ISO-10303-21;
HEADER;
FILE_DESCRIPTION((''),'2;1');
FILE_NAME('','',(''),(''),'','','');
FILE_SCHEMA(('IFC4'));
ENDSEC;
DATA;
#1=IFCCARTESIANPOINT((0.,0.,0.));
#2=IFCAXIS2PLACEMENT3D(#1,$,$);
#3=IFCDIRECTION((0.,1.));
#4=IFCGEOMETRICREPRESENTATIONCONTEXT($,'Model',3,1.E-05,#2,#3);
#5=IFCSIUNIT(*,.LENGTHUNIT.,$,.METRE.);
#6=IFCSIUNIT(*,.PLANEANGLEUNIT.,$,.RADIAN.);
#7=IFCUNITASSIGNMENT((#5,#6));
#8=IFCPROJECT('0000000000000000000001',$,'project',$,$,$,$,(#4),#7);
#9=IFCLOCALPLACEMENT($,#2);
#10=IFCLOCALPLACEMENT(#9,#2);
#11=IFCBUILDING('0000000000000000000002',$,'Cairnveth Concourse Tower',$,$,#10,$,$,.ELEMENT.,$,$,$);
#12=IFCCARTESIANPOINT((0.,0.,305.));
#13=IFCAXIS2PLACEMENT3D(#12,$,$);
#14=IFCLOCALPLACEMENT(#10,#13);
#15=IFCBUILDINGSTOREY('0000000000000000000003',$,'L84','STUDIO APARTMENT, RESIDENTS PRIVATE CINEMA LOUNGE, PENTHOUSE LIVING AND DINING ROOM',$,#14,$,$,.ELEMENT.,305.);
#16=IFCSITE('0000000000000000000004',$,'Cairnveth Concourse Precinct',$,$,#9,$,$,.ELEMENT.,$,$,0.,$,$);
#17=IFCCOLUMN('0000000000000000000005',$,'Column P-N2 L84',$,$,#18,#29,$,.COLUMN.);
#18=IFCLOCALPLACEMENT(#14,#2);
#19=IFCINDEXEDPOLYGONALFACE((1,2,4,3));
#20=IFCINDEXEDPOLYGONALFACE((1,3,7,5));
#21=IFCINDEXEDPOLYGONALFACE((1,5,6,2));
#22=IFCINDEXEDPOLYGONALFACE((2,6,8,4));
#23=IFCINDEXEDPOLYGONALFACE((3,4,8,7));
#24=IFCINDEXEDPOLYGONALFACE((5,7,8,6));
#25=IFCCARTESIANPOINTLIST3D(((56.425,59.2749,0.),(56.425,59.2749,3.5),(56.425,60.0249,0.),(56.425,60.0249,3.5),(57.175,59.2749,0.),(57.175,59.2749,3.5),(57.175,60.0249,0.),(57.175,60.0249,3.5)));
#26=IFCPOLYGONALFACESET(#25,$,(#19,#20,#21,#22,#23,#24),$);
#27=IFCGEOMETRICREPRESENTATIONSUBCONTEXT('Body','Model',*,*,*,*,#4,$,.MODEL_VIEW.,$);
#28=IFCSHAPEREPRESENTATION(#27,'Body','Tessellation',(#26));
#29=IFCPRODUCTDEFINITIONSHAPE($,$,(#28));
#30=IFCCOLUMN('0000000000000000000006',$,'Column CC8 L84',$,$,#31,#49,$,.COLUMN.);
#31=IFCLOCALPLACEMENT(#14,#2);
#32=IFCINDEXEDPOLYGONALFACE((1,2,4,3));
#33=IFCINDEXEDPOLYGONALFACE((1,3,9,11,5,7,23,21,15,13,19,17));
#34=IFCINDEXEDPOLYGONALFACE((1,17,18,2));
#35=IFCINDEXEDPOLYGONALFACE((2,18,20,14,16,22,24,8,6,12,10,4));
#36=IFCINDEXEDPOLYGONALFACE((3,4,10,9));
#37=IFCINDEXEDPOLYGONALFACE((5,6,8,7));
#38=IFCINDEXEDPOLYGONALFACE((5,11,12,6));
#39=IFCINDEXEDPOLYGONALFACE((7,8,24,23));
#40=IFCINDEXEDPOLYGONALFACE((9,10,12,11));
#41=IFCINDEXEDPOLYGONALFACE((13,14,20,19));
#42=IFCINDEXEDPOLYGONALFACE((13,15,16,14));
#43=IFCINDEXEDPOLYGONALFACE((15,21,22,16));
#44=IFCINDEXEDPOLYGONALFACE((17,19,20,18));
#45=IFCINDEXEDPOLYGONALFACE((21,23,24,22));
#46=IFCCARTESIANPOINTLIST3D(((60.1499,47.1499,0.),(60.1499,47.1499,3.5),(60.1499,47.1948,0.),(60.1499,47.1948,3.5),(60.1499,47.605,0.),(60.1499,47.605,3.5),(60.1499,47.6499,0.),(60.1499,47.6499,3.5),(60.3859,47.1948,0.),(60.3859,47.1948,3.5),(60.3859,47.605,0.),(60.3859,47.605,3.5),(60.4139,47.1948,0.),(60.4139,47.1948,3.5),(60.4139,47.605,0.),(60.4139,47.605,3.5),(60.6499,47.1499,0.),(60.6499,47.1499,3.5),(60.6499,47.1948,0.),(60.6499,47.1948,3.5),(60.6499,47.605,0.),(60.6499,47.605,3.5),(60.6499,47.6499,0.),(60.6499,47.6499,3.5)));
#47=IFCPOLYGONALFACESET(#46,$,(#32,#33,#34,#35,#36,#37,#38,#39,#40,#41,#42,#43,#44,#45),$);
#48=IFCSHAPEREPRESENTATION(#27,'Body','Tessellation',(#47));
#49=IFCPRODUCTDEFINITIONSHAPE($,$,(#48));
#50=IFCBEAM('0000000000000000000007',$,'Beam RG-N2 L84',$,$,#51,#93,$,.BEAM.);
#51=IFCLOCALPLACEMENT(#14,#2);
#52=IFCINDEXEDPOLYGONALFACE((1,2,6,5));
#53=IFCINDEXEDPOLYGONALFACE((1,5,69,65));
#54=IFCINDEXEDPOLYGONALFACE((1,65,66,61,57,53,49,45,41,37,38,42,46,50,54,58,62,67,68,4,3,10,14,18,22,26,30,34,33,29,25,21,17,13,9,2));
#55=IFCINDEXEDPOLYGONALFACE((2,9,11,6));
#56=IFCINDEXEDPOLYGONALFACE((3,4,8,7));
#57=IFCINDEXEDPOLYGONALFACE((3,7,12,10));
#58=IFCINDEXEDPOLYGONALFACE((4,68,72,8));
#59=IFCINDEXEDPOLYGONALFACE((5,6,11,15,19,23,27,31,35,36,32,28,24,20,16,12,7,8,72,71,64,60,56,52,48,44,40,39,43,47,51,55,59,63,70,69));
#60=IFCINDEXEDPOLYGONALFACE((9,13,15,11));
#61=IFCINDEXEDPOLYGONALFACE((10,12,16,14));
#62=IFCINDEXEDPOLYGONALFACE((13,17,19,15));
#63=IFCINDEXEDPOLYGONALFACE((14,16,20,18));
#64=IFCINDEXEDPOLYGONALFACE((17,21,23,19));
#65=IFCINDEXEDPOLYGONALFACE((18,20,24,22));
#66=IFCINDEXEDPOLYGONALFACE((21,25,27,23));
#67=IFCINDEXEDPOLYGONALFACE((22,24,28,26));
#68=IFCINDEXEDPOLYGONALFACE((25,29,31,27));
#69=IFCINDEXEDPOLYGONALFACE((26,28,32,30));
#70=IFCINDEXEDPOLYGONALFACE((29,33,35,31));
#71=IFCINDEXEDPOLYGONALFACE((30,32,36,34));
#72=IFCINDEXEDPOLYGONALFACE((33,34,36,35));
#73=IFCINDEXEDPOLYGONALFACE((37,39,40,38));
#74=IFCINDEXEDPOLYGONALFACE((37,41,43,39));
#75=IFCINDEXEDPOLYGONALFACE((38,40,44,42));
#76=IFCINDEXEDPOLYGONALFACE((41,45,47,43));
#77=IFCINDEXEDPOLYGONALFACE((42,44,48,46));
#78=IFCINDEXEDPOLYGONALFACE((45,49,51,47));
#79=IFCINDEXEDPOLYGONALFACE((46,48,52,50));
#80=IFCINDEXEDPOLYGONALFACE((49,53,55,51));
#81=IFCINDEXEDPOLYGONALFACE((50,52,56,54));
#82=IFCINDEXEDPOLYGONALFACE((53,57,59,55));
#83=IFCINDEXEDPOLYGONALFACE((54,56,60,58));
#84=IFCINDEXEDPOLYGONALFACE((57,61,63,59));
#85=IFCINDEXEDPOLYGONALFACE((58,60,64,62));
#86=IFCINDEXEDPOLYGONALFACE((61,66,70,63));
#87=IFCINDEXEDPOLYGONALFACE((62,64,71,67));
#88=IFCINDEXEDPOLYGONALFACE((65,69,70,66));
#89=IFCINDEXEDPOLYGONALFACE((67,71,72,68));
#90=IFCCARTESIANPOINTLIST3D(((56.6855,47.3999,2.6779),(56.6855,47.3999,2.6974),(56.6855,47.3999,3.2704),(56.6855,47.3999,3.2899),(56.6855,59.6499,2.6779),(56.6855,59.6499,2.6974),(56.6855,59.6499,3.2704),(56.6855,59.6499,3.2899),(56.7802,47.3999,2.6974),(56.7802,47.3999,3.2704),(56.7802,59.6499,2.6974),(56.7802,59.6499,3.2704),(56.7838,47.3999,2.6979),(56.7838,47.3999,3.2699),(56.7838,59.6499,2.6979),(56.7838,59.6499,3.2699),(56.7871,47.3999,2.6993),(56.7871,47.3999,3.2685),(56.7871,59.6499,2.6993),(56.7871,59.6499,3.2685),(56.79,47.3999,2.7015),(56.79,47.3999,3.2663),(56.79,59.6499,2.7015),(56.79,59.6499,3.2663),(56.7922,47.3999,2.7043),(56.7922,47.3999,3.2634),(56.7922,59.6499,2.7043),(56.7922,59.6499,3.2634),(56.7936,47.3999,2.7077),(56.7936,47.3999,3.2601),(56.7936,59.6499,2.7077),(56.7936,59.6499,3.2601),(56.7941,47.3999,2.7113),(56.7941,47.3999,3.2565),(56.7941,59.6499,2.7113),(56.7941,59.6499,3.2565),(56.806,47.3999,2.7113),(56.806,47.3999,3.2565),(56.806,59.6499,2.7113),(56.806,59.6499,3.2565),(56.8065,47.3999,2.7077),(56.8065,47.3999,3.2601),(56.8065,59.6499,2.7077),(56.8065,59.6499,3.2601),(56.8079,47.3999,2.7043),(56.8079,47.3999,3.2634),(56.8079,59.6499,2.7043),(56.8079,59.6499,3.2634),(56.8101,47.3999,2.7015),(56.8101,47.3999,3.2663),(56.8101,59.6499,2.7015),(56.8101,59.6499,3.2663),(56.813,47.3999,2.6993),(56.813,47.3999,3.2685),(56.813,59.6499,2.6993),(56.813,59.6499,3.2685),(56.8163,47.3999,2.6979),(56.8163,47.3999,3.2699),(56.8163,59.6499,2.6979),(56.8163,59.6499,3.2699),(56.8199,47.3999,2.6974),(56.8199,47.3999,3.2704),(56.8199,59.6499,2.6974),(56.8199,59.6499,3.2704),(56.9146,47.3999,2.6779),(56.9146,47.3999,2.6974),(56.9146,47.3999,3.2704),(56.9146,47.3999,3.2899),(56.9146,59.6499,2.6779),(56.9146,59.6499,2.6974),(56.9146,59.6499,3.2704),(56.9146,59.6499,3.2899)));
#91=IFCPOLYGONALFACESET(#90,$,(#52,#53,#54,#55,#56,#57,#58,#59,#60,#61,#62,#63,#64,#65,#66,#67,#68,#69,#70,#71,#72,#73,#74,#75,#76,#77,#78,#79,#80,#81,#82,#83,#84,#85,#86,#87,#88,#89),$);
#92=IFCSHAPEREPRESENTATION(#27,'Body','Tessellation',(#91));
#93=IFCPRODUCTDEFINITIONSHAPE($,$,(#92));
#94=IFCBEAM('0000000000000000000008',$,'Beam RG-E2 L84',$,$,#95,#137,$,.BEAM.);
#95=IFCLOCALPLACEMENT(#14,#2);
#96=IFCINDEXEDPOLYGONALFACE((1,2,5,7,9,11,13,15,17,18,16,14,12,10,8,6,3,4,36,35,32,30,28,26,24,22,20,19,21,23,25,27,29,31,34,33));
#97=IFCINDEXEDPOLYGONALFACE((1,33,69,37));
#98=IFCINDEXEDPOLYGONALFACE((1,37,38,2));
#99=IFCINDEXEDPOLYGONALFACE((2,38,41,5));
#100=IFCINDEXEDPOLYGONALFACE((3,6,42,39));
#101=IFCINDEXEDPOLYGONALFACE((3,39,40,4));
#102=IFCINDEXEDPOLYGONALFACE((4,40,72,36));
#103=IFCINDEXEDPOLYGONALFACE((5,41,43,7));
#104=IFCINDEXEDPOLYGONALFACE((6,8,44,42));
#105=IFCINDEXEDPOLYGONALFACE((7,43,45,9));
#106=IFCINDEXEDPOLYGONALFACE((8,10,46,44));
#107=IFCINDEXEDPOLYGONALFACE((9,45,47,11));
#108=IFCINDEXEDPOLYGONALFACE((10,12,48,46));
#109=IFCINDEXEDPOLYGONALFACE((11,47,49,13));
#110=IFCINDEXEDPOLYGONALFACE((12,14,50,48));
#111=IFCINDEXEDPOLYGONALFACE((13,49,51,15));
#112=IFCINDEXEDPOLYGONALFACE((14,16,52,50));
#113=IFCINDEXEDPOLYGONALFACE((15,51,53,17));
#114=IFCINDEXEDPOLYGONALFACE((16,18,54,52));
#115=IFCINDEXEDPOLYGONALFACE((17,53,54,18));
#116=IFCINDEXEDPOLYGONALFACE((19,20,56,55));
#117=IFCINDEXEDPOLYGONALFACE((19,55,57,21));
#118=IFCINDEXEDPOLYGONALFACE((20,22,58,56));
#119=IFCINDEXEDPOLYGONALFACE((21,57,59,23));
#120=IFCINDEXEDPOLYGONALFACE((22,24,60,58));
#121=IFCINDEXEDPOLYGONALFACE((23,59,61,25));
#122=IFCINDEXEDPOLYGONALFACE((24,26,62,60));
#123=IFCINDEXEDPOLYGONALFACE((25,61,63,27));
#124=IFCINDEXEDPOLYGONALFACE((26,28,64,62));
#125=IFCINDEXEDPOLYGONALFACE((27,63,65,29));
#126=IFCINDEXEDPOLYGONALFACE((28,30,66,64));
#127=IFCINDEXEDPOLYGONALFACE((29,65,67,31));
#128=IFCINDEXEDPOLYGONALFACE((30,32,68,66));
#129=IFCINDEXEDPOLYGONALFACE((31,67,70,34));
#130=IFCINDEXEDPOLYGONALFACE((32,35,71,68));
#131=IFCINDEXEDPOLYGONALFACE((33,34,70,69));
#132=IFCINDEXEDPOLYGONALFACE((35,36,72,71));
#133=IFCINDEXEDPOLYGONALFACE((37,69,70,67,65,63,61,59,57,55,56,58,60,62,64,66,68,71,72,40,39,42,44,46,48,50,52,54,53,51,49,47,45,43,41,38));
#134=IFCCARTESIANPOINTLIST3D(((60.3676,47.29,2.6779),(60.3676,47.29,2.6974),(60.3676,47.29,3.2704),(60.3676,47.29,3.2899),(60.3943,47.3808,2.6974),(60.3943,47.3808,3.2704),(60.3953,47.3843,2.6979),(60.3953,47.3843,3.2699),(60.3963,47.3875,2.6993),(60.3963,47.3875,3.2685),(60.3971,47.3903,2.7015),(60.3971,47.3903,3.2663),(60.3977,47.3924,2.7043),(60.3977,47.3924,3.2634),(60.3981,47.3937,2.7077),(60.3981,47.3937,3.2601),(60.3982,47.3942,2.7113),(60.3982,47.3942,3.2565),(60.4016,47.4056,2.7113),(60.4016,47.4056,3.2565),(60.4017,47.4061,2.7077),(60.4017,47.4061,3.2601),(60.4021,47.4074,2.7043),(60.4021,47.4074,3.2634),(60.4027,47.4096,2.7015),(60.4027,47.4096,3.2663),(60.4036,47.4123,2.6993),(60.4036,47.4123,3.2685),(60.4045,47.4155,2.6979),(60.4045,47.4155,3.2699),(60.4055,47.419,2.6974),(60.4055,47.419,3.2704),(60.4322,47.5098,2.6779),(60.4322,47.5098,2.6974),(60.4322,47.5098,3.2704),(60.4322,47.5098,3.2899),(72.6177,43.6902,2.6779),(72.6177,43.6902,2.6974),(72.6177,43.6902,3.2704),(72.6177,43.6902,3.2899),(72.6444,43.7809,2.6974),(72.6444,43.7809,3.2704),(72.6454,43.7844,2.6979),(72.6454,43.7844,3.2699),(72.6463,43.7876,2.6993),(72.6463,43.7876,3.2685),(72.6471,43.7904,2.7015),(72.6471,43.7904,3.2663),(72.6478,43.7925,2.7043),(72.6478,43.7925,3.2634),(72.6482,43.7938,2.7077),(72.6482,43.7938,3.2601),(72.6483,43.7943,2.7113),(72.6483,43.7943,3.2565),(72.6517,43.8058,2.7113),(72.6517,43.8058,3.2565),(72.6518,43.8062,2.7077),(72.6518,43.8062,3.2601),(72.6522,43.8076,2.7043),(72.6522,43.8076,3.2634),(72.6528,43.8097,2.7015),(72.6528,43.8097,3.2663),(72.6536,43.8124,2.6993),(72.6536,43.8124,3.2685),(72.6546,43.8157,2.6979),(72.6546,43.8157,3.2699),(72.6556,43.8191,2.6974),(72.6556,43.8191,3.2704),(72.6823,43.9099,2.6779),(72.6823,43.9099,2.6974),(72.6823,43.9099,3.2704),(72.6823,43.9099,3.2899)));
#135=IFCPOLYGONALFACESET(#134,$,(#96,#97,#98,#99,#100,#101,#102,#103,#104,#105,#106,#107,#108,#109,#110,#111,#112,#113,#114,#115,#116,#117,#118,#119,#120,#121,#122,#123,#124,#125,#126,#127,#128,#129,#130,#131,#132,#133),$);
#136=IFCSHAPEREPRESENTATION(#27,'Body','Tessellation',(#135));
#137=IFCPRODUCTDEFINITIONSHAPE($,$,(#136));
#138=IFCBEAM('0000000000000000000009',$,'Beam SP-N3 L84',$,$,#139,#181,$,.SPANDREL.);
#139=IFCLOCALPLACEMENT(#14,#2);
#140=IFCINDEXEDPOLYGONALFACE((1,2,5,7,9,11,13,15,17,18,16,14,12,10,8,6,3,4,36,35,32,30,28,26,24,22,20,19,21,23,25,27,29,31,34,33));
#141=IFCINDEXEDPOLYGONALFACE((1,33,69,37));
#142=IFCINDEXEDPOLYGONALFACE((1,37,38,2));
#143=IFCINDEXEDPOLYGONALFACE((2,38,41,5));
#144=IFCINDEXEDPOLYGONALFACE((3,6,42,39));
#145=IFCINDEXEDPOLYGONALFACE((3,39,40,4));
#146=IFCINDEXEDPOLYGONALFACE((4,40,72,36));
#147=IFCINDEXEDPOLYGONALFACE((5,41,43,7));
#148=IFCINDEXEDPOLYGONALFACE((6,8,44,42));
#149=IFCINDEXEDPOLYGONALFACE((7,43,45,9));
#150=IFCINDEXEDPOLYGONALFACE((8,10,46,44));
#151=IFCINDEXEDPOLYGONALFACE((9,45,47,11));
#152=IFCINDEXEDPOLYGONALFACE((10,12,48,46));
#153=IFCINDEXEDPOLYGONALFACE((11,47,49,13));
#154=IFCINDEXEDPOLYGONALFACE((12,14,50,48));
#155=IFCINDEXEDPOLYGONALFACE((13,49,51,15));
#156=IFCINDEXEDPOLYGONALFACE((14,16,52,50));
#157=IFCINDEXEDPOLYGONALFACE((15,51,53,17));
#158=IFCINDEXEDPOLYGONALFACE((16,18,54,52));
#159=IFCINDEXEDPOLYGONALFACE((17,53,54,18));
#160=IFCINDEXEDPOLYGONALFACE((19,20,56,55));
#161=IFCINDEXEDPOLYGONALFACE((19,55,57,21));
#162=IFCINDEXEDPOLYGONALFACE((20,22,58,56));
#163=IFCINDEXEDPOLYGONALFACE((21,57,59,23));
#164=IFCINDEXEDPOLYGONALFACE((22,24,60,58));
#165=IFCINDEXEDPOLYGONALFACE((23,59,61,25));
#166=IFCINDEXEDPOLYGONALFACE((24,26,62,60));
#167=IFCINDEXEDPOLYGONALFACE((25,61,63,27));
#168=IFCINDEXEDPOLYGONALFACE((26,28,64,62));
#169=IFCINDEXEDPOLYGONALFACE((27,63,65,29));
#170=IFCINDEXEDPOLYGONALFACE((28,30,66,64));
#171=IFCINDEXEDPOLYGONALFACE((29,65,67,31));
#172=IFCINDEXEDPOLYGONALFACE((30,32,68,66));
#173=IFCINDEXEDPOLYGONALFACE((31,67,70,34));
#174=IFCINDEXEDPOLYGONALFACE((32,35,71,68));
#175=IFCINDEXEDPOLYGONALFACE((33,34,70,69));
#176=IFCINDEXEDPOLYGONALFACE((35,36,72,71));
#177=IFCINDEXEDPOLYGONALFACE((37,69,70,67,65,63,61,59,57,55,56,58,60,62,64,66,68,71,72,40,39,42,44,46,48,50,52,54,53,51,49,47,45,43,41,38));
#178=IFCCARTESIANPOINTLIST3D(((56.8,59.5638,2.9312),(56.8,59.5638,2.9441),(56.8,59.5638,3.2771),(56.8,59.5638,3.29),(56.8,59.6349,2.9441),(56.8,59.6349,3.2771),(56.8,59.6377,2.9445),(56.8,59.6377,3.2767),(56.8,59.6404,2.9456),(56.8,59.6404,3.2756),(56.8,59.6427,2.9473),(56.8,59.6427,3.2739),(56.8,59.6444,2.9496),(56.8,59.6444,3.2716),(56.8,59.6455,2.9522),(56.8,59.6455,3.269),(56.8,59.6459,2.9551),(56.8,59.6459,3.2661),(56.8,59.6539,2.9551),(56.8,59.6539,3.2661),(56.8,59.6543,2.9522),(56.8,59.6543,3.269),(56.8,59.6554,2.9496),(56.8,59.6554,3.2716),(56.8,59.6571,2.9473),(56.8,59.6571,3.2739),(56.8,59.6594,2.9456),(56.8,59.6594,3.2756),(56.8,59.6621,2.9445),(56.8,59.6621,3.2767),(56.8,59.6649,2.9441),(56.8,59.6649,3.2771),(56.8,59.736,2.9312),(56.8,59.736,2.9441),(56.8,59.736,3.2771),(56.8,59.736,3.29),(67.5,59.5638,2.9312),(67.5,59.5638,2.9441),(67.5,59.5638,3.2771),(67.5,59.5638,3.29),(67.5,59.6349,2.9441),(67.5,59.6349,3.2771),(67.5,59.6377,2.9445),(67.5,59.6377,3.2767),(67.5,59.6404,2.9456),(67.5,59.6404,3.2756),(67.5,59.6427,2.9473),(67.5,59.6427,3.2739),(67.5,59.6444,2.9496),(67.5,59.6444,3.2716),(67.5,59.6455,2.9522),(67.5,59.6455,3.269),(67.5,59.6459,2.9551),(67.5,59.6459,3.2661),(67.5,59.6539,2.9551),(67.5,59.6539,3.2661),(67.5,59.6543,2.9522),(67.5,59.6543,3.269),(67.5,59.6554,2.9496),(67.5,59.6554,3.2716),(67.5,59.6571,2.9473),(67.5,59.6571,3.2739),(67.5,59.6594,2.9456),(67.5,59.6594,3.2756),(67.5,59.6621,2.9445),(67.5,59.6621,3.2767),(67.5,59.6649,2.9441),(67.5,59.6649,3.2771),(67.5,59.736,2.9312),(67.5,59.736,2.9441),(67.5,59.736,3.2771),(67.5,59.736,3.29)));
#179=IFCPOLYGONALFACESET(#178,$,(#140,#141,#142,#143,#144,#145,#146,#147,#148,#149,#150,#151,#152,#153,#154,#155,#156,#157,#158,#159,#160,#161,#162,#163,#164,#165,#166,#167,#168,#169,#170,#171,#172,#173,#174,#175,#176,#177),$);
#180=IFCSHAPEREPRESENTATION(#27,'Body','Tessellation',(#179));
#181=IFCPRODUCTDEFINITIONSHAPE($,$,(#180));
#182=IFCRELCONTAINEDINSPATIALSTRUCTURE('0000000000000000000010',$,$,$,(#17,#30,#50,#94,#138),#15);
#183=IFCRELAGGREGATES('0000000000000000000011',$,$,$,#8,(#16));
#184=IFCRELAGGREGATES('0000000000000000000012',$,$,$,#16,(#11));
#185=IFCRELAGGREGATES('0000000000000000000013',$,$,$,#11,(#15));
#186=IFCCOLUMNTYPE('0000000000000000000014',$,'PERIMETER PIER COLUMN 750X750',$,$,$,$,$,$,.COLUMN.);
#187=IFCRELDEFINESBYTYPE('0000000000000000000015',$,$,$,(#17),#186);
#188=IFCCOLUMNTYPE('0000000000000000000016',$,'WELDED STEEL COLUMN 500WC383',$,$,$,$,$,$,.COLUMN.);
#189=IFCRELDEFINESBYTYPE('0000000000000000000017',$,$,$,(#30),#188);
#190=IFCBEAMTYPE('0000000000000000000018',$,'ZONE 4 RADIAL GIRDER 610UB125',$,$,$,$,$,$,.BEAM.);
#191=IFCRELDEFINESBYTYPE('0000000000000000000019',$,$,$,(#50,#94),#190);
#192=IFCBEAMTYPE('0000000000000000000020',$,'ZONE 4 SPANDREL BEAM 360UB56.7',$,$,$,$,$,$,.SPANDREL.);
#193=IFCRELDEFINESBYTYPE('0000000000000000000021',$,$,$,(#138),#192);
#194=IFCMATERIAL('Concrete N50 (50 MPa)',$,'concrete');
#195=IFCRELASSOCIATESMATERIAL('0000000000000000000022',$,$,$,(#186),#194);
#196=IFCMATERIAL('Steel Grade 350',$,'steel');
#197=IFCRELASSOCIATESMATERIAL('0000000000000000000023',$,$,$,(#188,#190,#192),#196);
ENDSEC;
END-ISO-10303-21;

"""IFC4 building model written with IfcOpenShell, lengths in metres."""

from ifc_helpers import new_model, si_unit, direction, frame, origin, origin_2d, place, context, subcontext, project, spatial, rectangle, i_section, extrude, material, material_profile, profile_set, type_object, element, save


model = new_model("IFC4")

# Units and contexts
model_context = context("Model", 3, precision=1e-05, world=origin(), true_north=direction((0.0, 1.0)))
body_context = subcontext(model_context, "Body", "Model", "MODEL_VIEW")
ifc_project = project(units=[si_unit("LENGTHUNIT", "METRE"), si_unit("PLANEANGLEUNIT", "RADIAN")], contexts=[model_context])

# Site, building, storey
site_placement = place(None, origin())
site = spatial("IfcSite", under=ifc_project, at=site_placement, Name="Cairnveth Concourse Precinct", CompositionType="ELEMENT", RefElevation=0.0)
building_placement = place(site_placement, origin())
building = spatial("IfcBuilding", under=site, at=building_placement, Name="Cairnveth Concourse Tower", CompositionType="ELEMENT")
storey_placement = place(building_placement, frame((0.0, 0.0, 305.0)))
storey = spatial("IfcBuildingStorey", under=building, at=storey_placement, Name="L84", Description="STUDIO APARTMENT, RESIDENTS PRIVATE CINEMA LOUNGE, PENTHOUSE LIVING AND DINING ROOM", CompositionType="ELEMENT", Elevation=305.0)

# Columns
ifc_material_1 = material(Name="Concrete N50 (50 MPa)", Category="concrete")
ifc_material_profile_1 = material_profile(ifc_material_1, rectangle(XDim=0.75, YDim=0.75, at=origin_2d()), Name="RC-COL-750x750")
ifc_profile_set_1 = profile_set([ifc_material_profile_1], Name="Concrete N50 (50 MPa)")
column_type_1 = type_object("IfcColumnType", Name="PERIMETER PIER COLUMN 750X750", PredefinedType="COLUMN", material=ifc_profile_set_1)
column_1_placement = place(storey_placement, frame((56.8, 59.6499, 0.0), z_axis=(0.0, 0.0, 1.0), x_axis=(1.0, 0.0, 0.0)))
element("IfcColumn", 1, at=column_1_placement, inside=storey, type_object=column_type_1, Name="Column P-N2 L84", PredefinedType="COLUMN", context=body_context, shape_type="SweptSolid", body=[
    extrude(rectangle(XDim=0.75, YDim=0.75, at=origin_2d()), origin(), (0.0, 0.0, 1.0), 3.5),
])
ifc_material_2 = material(Name="Steel Grade 350", Category="steel")
ifc_material_profile_2 = material_profile(ifc_material_2, i_section(OverallWidth=0.5, OverallDepth=0.5, WebThickness=0.0281, FlangeThickness=0.0449, at=origin_2d()), Name="500WC383")
ifc_profile_set_2 = profile_set([ifc_material_profile_2], Name="Steel Grade 350")
column_type_2 = type_object("IfcColumnType", Name="WELDED STEEL COLUMN 500WC383", PredefinedType="COLUMN", material=ifc_profile_set_2)
column_2_placement = place(storey_placement, frame((60.3999, 47.3999, 0.0), z_axis=(0.0, 0.0, 1.0), x_axis=(1.0, 0.0, 0.0)))
element("IfcColumn", 2, at=column_2_placement, inside=storey, type_object=column_type_2, Name="Column CC8 L84", PredefinedType="COLUMN", context=body_context, shape_type="SweptSolid", body=[
    extrude(i_section(OverallWidth=0.5, OverallDepth=0.5, WebThickness=0.0281, FlangeThickness=0.0449, at=origin_2d()), origin(), (0.0, 0.0, 1.0), 3.5),
])

# Beams
ifc_material_profile_3 = material_profile(ifc_material_2, i_section(OverallWidth=0.229, OverallDepth=0.6121, WebThickness=0.012, FlangeThickness=0.0195, FilletRadius=0.0139, at=origin_2d()), Name="610UB125")
ifc_profile_set_3 = profile_set([ifc_material_profile_3], Name="Steel Grade 350")
beam_type_1 = type_object("IfcBeamType", Name="ZONE 4 RADIAL GIRDER 610UB125", PredefinedType="BEAM", material=ifc_profile_set_3)
beam_1_placement = place(storey_placement, frame((56.8, 47.3999, 2.9839), z_axis=(0.0, 1.0, 0.0), x_axis=(-1.0, 0.0, 0.0)))
element("IfcBeam", 3, at=beam_1_placement, inside=storey, type_object=beam_type_1, Name="Beam RG-N2 L84", PredefinedType="BEAM", context=body_context, shape_type="SweptSolid", body=[
    extrude(i_section(OverallWidth=0.229, OverallDepth=0.6121, WebThickness=0.012, FlangeThickness=0.0195, FilletRadius=0.0139, at=origin_2d()), origin(), (0.0, 0.0, 1.0), 12.25),
])
beam_2_placement = place(storey_placement, frame((60.3999, 47.3999, 2.9839), z_axis=(0.959431, -0.281944, 0.0), x_axis=(0.281944, 0.959431, 0.0)))
element("IfcBeam", 4, at=beam_2_placement, inside=storey, type_object=beam_type_1, Name="Beam RG-E2 L84", PredefinedType="BEAM", context=body_context, shape_type="SweptSolid", body=[
    extrude(i_section(OverallWidth=0.229, OverallDepth=0.6121, WebThickness=0.012, FlangeThickness=0.0195, FilletRadius=0.0139, at=origin_2d()), origin(), (0.0, 0.0, 1.0), 12.7681),
])
ifc_material_profile_4 = material_profile(ifc_material_2, i_section(OverallWidth=0.1721, OverallDepth=0.3589, WebThickness=0.0081, FlangeThickness=0.0129, FilletRadius=0.011, at=origin_2d()), Name="360UB56.7")
ifc_profile_set_4 = profile_set([ifc_material_profile_4], Name="Steel Grade 350")
beam_type_2 = type_object("IfcBeamType", Name="ZONE 4 SPANDREL BEAM 360UB56.7", PredefinedType="SPANDREL", material=ifc_profile_set_4)
beam_3_placement = place(storey_placement, frame((56.8, 59.6499, 3.1106), z_axis=(1.0, 0.0, 0.0), x_axis=(0.0, 1.0, 0.0)))
element("IfcBeam", 5, at=beam_3_placement, inside=storey, type_object=beam_type_2, Name="Beam SP-N3 L84", PredefinedType="SPANDREL", context=body_context, shape_type="SweptSolid", body=[
    extrude(i_section(OverallWidth=0.1721, OverallDepth=0.3589, WebThickness=0.0081, FlangeThickness=0.0129, FilletRadius=0.011, at=origin_2d()), origin(), (0.0, 0.0, 1.0), 10.7),
])

save(model, "model.ifc")
